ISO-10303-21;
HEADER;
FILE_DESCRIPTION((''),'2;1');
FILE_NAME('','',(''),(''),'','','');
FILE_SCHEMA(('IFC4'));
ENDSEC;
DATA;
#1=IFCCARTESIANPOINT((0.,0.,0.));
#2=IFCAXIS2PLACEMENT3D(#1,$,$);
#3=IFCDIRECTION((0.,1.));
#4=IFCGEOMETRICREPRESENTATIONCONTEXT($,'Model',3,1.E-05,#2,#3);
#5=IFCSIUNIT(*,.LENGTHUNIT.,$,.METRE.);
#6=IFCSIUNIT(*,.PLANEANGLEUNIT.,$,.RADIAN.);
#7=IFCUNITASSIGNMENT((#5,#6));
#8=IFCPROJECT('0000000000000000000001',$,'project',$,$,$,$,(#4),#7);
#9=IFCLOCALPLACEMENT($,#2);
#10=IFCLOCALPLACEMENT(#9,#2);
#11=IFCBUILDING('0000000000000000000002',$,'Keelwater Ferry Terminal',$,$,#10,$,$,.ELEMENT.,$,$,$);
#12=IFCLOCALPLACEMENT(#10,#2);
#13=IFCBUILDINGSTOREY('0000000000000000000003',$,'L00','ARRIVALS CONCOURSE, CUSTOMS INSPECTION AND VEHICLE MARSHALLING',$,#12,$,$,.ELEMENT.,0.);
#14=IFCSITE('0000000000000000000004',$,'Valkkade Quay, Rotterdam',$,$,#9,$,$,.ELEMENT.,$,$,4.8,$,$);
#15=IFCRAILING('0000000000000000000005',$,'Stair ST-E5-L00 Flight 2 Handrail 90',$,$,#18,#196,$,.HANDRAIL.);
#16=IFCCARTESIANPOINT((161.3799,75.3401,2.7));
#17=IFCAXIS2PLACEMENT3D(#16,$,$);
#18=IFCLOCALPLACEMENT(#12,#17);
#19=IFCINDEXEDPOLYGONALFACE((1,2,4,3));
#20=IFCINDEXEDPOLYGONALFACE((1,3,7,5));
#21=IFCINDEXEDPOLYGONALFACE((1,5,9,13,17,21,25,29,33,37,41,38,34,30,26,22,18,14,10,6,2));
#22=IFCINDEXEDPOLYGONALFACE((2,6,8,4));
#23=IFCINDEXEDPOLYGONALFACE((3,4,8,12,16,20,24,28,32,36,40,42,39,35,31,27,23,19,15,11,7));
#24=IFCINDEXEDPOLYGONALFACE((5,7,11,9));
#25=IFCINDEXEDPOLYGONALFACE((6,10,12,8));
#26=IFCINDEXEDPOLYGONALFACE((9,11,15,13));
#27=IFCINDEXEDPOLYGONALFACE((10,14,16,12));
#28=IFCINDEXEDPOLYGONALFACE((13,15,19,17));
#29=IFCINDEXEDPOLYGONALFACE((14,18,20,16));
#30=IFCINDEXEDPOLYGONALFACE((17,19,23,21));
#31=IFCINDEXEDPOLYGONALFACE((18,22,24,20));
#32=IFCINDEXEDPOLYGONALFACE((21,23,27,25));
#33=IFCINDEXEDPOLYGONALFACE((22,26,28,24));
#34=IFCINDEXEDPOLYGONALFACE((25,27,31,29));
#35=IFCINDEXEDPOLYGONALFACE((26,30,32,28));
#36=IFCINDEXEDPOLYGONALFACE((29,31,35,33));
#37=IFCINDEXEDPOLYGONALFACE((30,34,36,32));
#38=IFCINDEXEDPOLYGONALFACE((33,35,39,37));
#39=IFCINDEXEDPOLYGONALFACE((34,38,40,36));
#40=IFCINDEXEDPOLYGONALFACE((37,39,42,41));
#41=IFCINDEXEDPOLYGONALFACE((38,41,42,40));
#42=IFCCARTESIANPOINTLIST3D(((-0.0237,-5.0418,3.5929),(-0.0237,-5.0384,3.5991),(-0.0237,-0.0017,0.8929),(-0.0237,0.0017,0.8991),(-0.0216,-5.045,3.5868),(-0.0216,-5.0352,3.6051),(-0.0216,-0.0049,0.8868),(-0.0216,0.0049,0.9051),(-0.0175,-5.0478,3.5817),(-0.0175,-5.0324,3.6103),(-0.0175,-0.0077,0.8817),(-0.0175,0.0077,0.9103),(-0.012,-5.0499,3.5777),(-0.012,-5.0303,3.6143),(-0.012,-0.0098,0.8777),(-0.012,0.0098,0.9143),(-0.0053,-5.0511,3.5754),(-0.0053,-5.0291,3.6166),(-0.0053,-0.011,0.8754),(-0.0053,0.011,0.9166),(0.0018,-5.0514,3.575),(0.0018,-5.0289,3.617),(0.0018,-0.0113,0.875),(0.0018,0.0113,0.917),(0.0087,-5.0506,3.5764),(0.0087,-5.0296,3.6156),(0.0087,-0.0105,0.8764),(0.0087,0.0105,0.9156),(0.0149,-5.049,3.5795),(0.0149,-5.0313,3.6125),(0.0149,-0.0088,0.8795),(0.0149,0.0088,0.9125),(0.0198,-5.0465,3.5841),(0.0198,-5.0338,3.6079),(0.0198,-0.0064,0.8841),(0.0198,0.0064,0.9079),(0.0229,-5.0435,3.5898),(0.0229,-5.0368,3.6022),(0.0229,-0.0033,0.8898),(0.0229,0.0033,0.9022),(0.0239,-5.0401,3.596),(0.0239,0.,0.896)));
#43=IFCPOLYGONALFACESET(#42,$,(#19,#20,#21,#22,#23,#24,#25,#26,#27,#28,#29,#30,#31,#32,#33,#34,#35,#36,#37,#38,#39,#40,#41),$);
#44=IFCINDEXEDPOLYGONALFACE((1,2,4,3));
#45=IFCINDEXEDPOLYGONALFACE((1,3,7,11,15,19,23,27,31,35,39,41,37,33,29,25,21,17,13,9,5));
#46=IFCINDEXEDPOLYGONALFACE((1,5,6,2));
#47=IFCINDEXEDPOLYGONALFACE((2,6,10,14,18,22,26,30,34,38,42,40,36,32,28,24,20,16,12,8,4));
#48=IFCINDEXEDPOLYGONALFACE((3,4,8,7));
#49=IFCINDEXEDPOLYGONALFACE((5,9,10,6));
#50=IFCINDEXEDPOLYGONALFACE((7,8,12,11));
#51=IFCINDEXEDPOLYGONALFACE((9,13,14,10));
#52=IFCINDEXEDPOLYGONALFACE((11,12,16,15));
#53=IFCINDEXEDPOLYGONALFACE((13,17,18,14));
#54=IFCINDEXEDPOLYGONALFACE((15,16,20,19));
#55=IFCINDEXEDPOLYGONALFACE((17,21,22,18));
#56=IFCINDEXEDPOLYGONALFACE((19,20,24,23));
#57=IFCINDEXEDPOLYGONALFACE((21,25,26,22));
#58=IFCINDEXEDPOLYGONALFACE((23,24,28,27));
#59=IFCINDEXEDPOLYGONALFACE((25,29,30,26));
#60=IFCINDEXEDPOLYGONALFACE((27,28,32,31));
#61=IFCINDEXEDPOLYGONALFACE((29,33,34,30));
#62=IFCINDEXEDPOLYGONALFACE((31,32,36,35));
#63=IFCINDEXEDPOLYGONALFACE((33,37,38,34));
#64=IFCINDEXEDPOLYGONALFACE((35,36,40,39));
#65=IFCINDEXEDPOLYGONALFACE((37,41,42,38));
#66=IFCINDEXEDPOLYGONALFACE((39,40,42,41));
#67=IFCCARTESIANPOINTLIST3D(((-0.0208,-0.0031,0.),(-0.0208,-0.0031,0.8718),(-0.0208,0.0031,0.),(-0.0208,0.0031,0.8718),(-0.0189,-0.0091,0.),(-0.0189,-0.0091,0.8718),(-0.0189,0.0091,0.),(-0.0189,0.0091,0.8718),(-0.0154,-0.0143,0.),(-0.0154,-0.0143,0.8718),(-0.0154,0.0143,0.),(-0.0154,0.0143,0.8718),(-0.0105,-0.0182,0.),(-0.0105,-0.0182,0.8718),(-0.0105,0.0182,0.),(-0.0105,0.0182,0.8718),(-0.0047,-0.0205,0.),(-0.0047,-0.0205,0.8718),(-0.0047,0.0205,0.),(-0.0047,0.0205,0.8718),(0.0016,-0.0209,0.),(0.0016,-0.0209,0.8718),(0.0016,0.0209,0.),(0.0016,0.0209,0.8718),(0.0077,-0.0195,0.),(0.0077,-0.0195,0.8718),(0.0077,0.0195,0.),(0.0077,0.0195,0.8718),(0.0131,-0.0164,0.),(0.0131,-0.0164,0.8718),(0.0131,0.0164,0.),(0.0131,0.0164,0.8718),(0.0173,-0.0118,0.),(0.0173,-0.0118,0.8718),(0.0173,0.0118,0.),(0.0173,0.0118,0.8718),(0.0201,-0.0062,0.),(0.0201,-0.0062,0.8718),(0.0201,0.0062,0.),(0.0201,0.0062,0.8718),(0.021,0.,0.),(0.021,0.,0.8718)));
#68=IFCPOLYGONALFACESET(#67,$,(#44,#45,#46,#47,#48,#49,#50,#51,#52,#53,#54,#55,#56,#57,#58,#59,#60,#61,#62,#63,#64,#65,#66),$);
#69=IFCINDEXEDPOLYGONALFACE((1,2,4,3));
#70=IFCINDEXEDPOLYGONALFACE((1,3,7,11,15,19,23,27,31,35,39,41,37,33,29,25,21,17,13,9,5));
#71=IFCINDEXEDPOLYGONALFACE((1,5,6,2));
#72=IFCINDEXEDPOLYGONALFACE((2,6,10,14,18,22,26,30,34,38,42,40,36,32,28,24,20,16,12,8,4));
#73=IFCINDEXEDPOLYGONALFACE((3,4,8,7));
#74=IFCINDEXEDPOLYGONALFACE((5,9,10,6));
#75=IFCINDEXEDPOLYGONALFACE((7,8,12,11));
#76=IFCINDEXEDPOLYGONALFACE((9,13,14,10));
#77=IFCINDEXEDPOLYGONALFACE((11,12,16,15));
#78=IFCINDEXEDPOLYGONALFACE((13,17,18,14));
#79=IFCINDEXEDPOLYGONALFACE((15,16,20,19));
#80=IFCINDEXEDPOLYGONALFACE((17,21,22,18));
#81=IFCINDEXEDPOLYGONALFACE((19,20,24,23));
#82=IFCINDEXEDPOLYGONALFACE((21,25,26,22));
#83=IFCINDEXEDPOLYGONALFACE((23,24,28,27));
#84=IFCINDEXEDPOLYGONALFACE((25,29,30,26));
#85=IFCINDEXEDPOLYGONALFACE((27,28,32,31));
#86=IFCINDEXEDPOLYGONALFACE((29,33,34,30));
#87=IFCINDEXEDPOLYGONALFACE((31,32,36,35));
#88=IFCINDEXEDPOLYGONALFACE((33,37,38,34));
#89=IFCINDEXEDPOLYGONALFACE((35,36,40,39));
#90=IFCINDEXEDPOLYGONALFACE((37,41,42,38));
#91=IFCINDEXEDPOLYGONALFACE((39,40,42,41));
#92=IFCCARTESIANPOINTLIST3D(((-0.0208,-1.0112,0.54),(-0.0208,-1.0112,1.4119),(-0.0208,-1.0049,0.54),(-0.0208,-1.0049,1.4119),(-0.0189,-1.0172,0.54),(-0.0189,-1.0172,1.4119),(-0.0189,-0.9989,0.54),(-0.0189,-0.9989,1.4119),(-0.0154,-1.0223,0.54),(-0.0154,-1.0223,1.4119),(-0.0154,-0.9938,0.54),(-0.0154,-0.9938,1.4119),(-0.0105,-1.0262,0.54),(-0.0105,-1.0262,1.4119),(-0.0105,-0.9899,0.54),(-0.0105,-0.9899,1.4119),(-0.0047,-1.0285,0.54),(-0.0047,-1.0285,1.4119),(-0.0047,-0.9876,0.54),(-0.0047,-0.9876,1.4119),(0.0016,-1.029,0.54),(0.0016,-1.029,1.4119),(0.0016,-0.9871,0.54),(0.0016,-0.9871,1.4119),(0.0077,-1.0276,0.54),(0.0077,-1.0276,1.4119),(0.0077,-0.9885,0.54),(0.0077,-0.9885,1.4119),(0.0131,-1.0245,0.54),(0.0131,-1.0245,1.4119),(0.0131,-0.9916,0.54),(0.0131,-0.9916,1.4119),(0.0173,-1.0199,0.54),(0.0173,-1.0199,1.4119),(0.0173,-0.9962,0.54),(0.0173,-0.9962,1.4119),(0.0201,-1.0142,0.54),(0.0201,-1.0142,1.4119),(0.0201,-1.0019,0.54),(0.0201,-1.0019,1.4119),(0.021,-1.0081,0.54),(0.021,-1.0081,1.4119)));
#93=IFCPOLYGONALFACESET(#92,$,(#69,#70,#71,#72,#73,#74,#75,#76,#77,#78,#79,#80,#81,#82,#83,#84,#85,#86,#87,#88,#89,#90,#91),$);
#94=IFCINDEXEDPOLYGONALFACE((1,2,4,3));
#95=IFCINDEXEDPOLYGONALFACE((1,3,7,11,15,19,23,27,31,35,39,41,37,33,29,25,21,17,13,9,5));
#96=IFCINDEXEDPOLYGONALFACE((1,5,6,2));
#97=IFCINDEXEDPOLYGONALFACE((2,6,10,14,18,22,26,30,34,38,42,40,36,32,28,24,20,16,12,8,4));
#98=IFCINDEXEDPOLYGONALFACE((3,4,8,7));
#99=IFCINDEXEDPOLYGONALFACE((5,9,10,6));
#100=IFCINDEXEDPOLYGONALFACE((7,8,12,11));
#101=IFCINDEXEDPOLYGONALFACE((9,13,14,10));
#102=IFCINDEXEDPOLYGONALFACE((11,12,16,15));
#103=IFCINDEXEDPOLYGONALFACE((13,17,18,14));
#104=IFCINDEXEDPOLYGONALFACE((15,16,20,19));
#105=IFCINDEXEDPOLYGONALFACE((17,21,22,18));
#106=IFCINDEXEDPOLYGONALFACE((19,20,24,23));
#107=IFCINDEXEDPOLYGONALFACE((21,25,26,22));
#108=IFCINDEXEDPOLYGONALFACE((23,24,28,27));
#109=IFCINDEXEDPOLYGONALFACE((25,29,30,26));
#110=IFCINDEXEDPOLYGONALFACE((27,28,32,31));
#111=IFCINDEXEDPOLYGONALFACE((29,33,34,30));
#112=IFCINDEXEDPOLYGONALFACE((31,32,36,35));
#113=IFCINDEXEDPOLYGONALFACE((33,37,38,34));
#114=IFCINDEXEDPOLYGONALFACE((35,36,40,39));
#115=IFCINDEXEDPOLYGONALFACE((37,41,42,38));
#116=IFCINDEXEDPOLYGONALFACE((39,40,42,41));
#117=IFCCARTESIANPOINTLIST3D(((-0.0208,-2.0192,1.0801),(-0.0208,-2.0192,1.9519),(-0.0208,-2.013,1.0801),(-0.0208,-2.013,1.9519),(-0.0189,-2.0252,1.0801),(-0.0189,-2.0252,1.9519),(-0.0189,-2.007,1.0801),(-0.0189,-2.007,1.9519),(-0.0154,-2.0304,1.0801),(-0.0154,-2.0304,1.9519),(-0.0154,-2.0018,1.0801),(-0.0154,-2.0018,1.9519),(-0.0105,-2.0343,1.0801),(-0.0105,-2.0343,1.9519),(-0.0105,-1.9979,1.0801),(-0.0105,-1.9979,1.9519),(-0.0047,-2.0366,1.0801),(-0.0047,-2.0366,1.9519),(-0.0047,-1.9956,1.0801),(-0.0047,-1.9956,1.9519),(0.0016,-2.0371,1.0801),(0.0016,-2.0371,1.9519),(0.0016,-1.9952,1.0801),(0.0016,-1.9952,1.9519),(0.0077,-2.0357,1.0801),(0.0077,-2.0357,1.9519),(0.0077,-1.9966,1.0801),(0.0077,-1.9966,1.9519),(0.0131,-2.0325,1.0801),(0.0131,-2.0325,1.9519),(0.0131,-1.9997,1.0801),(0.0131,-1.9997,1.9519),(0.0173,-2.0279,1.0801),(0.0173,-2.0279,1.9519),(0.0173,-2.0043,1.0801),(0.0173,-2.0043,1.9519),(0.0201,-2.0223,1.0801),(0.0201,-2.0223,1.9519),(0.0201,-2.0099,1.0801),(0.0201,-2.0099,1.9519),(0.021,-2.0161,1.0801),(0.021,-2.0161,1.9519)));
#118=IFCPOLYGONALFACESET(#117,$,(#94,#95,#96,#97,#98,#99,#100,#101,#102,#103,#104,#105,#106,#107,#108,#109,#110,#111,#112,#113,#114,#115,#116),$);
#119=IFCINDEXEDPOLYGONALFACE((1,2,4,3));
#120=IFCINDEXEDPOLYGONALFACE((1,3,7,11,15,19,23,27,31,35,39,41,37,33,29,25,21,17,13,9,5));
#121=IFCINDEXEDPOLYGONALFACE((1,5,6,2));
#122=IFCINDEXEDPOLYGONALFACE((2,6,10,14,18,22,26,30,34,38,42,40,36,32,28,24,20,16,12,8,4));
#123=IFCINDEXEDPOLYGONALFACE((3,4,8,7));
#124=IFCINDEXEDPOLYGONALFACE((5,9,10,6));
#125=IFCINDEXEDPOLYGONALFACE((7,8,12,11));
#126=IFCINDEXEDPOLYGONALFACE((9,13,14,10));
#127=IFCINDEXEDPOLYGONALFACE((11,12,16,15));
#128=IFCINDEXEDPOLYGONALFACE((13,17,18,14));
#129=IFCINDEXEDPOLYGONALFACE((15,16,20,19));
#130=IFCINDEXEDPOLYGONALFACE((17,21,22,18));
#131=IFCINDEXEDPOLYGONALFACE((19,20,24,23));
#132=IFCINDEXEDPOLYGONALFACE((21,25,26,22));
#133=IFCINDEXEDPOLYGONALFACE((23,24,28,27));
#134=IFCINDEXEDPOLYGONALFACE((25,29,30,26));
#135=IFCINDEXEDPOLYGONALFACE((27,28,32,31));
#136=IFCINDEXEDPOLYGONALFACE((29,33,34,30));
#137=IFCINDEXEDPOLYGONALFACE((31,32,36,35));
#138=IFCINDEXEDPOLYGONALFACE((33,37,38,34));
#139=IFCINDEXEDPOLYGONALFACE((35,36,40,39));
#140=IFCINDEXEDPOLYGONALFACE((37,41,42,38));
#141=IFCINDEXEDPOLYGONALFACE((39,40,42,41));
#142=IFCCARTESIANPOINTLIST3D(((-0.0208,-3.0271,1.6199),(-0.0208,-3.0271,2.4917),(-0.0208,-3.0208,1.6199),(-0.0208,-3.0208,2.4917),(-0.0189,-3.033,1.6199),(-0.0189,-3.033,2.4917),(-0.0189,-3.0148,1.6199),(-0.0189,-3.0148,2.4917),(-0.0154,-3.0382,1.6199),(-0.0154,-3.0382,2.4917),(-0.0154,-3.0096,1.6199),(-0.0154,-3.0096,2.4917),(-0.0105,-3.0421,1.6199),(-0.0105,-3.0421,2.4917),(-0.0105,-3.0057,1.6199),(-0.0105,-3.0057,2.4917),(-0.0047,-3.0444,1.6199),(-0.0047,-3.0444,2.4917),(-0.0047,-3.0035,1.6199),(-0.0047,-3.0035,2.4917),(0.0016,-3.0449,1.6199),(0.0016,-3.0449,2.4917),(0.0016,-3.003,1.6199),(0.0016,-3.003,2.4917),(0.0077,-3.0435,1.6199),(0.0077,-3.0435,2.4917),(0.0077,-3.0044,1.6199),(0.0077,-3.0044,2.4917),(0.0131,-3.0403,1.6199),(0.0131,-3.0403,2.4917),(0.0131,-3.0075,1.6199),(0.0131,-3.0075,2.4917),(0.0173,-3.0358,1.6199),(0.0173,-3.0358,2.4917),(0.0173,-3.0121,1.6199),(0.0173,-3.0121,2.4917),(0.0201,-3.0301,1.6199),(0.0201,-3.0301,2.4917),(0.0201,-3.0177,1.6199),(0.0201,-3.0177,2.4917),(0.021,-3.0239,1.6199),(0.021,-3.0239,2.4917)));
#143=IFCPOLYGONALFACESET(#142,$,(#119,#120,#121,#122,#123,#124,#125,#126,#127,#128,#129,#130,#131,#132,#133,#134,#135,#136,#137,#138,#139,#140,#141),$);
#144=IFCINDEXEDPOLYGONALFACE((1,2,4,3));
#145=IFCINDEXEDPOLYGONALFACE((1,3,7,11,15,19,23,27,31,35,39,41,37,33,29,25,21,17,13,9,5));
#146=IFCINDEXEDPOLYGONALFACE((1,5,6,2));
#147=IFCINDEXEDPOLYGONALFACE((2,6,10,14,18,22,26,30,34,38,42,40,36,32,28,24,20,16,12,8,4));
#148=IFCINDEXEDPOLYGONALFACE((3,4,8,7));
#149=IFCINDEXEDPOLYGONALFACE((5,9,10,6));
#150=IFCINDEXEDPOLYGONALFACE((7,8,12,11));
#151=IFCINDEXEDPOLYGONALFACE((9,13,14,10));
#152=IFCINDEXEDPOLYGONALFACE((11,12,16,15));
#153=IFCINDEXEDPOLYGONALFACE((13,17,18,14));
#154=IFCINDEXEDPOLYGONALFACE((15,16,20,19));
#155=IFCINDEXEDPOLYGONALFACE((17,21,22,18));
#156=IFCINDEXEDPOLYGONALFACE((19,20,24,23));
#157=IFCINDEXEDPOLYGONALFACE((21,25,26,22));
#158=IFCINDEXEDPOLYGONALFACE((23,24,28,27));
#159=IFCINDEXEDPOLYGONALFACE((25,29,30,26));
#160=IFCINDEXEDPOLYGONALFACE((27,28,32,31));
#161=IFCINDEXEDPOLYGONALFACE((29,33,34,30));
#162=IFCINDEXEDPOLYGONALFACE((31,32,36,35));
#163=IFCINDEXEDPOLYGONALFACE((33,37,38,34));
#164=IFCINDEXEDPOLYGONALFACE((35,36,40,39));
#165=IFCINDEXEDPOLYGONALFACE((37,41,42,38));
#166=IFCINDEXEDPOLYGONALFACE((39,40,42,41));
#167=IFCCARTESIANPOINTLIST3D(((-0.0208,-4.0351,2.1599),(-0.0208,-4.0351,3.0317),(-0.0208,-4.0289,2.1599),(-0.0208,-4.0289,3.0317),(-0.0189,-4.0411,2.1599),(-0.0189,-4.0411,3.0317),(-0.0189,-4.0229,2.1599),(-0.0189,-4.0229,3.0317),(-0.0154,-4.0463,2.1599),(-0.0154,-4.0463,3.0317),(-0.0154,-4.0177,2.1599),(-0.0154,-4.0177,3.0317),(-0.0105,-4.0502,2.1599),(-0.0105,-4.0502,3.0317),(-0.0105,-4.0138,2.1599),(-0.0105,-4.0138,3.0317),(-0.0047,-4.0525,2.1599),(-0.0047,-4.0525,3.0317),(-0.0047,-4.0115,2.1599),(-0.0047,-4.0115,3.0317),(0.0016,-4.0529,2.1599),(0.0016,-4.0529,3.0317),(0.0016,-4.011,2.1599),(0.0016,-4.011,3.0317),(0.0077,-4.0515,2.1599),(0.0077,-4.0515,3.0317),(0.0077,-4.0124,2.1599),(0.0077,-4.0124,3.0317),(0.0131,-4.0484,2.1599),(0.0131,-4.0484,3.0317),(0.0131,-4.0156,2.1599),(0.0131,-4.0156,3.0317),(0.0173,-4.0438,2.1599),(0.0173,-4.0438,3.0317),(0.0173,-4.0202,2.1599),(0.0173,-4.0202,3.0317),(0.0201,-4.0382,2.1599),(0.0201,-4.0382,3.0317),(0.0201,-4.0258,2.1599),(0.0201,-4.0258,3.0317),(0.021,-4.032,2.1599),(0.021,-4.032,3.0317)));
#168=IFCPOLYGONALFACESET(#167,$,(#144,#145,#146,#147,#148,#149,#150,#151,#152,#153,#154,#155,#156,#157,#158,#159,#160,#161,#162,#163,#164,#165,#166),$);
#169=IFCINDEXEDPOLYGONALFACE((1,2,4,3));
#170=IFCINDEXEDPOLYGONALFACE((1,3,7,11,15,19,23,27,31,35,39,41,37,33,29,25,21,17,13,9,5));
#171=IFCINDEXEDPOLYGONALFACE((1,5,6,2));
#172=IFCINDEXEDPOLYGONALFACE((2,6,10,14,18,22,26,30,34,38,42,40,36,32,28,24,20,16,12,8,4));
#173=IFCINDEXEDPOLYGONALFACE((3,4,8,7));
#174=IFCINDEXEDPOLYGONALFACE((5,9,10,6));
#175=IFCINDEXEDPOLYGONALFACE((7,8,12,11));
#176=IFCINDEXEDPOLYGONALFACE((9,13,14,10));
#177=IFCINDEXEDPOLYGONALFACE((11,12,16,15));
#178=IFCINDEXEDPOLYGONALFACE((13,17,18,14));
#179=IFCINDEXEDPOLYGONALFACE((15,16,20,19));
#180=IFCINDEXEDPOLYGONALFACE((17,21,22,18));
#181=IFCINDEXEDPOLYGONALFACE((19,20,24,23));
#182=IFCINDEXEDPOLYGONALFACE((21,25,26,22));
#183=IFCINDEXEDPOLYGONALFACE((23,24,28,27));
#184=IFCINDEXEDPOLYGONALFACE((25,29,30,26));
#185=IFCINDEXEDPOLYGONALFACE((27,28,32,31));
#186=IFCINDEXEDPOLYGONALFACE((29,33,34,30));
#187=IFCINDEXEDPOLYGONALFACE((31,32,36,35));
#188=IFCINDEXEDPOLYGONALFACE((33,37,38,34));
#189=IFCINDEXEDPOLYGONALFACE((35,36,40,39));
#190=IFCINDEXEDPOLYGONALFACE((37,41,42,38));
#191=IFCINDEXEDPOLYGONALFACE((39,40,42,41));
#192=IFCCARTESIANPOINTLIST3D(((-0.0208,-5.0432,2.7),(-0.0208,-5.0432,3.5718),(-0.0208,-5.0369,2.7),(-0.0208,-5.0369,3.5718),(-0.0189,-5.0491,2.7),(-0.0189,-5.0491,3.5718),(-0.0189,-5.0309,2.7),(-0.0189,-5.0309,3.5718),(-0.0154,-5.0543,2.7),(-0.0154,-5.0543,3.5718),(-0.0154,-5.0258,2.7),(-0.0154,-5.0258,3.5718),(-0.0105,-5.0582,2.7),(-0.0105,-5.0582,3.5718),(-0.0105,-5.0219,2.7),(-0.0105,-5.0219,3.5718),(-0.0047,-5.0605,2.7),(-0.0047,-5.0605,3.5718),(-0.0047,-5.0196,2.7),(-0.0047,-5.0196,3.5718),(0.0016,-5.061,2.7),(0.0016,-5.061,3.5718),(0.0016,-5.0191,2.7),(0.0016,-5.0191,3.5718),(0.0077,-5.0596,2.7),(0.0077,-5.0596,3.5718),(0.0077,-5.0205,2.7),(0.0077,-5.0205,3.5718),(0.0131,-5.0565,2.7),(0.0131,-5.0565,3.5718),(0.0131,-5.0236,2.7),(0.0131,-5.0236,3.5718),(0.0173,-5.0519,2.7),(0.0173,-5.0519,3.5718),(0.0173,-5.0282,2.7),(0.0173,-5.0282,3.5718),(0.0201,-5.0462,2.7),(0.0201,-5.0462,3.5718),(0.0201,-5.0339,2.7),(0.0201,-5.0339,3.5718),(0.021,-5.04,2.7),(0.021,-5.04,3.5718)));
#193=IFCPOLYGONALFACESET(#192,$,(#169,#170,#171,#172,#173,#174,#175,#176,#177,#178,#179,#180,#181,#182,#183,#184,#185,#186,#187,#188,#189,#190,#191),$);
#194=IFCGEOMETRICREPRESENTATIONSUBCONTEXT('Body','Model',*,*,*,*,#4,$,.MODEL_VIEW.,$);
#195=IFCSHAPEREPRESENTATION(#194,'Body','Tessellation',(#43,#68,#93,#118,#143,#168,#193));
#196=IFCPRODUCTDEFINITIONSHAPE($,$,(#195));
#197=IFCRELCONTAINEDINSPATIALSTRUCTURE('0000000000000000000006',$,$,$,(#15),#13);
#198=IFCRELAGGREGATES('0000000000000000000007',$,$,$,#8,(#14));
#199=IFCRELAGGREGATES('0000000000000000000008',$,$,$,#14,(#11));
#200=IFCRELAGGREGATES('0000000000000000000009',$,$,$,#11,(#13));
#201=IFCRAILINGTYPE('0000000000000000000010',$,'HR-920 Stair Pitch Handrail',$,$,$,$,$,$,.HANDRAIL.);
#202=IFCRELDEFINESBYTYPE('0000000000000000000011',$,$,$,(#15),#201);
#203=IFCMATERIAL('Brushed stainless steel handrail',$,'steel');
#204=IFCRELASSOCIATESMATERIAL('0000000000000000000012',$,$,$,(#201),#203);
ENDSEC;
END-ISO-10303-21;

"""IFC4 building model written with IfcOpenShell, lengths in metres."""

from ifc_helpers import new_model, si_unit, direction, frame, origin, origin_2d, place, context, subcontext, project, spatial, circle, extrude, material, type_object, element, save


model = new_model("IFC4")

# Units and contexts
model_context = context("Model", 3, precision=1e-05, world=origin(), true_north=direction((0.0, 1.0)))
body_context = subcontext(model_context, "Body", "Model", "MODEL_VIEW")
ifc_project = project(units=[si_unit("LENGTHUNIT", "METRE"), si_unit("PLANEANGLEUNIT", "RADIAN")], contexts=[model_context])

# Site, building, storey
site_placement = place(None, origin())
site = spatial("IfcSite", under=ifc_project, at=site_placement, Name="Valkkade Quay, Rotterdam", CompositionType="ELEMENT", RefElevation=4.8)
building_placement = place(site_placement, origin())
building = spatial("IfcBuilding", under=site, at=building_placement, Name="Keelwater Ferry Terminal", CompositionType="ELEMENT")
storey_placement = place(building_placement, origin())
storey = spatial("IfcBuildingStorey", under=building, at=storey_placement, Name="L00", Description="ARRIVALS CONCOURSE, CUSTOMS INSPECTION AND VEHICLE MARSHALLING", CompositionType="ELEMENT", Elevation=0.0)

# Railing
ifc_material_1 = material(Name="Brushed stainless steel handrail", Category="steel")
railing_type_1 = type_object("IfcRailingType", Name="HR-920 Stair Pitch Handrail", PredefinedType="HANDRAIL", material=ifc_material_1)
railing_1_placement = place(storey_placement, frame((161.3799, 75.3401, 2.7)))
element("IfcRailing", 1, at=railing_1_placement, inside=storey, type_object=railing_type_1, Name="Stair ST-E5-L00 Flight 2 Handrail 90", PredefinedType="HANDRAIL", context=body_context, shape_type="SweptSolid", body=[
    extrude(circle(Radius=0.0239, at=origin_2d()), frame((0.0, 0.0, 0.896), z_axis=(0.0, -0.881485, 0.472212), x_axis=(1.0, 0.0, 0.0)), (0.0, 0.0, 1.0), 5.7178),
    extrude(circle(Radius=0.021, at=origin_2d()), origin(), (0.0, 0.0, 1.0), 0.8718),
    extrude(circle(Radius=0.021, at=origin_2d()), frame((0.0, -1.0081, 0.54)), (0.0, 0.0, 1.0), 0.8718),
    extrude(circle(Radius=0.021, at=origin_2d()), frame((0.0, -2.0161, 1.0801)), (0.0, 0.0, 1.0), 0.8718),
    extrude(circle(Radius=0.021, at=origin_2d()), frame((0.0, -3.0239, 1.6199)), (0.0, 0.0, 1.0), 0.8718),
    extrude(circle(Radius=0.021, at=origin_2d()), frame((0.0, -4.032, 2.1599)), (0.0, 0.0, 1.0), 0.8718),
    extrude(circle(Radius=0.021, at=origin_2d()), frame((0.0, -5.04, 2.7)), (0.0, 0.0, 1.0), 0.8718),
])

save(model, "model.ifc")
